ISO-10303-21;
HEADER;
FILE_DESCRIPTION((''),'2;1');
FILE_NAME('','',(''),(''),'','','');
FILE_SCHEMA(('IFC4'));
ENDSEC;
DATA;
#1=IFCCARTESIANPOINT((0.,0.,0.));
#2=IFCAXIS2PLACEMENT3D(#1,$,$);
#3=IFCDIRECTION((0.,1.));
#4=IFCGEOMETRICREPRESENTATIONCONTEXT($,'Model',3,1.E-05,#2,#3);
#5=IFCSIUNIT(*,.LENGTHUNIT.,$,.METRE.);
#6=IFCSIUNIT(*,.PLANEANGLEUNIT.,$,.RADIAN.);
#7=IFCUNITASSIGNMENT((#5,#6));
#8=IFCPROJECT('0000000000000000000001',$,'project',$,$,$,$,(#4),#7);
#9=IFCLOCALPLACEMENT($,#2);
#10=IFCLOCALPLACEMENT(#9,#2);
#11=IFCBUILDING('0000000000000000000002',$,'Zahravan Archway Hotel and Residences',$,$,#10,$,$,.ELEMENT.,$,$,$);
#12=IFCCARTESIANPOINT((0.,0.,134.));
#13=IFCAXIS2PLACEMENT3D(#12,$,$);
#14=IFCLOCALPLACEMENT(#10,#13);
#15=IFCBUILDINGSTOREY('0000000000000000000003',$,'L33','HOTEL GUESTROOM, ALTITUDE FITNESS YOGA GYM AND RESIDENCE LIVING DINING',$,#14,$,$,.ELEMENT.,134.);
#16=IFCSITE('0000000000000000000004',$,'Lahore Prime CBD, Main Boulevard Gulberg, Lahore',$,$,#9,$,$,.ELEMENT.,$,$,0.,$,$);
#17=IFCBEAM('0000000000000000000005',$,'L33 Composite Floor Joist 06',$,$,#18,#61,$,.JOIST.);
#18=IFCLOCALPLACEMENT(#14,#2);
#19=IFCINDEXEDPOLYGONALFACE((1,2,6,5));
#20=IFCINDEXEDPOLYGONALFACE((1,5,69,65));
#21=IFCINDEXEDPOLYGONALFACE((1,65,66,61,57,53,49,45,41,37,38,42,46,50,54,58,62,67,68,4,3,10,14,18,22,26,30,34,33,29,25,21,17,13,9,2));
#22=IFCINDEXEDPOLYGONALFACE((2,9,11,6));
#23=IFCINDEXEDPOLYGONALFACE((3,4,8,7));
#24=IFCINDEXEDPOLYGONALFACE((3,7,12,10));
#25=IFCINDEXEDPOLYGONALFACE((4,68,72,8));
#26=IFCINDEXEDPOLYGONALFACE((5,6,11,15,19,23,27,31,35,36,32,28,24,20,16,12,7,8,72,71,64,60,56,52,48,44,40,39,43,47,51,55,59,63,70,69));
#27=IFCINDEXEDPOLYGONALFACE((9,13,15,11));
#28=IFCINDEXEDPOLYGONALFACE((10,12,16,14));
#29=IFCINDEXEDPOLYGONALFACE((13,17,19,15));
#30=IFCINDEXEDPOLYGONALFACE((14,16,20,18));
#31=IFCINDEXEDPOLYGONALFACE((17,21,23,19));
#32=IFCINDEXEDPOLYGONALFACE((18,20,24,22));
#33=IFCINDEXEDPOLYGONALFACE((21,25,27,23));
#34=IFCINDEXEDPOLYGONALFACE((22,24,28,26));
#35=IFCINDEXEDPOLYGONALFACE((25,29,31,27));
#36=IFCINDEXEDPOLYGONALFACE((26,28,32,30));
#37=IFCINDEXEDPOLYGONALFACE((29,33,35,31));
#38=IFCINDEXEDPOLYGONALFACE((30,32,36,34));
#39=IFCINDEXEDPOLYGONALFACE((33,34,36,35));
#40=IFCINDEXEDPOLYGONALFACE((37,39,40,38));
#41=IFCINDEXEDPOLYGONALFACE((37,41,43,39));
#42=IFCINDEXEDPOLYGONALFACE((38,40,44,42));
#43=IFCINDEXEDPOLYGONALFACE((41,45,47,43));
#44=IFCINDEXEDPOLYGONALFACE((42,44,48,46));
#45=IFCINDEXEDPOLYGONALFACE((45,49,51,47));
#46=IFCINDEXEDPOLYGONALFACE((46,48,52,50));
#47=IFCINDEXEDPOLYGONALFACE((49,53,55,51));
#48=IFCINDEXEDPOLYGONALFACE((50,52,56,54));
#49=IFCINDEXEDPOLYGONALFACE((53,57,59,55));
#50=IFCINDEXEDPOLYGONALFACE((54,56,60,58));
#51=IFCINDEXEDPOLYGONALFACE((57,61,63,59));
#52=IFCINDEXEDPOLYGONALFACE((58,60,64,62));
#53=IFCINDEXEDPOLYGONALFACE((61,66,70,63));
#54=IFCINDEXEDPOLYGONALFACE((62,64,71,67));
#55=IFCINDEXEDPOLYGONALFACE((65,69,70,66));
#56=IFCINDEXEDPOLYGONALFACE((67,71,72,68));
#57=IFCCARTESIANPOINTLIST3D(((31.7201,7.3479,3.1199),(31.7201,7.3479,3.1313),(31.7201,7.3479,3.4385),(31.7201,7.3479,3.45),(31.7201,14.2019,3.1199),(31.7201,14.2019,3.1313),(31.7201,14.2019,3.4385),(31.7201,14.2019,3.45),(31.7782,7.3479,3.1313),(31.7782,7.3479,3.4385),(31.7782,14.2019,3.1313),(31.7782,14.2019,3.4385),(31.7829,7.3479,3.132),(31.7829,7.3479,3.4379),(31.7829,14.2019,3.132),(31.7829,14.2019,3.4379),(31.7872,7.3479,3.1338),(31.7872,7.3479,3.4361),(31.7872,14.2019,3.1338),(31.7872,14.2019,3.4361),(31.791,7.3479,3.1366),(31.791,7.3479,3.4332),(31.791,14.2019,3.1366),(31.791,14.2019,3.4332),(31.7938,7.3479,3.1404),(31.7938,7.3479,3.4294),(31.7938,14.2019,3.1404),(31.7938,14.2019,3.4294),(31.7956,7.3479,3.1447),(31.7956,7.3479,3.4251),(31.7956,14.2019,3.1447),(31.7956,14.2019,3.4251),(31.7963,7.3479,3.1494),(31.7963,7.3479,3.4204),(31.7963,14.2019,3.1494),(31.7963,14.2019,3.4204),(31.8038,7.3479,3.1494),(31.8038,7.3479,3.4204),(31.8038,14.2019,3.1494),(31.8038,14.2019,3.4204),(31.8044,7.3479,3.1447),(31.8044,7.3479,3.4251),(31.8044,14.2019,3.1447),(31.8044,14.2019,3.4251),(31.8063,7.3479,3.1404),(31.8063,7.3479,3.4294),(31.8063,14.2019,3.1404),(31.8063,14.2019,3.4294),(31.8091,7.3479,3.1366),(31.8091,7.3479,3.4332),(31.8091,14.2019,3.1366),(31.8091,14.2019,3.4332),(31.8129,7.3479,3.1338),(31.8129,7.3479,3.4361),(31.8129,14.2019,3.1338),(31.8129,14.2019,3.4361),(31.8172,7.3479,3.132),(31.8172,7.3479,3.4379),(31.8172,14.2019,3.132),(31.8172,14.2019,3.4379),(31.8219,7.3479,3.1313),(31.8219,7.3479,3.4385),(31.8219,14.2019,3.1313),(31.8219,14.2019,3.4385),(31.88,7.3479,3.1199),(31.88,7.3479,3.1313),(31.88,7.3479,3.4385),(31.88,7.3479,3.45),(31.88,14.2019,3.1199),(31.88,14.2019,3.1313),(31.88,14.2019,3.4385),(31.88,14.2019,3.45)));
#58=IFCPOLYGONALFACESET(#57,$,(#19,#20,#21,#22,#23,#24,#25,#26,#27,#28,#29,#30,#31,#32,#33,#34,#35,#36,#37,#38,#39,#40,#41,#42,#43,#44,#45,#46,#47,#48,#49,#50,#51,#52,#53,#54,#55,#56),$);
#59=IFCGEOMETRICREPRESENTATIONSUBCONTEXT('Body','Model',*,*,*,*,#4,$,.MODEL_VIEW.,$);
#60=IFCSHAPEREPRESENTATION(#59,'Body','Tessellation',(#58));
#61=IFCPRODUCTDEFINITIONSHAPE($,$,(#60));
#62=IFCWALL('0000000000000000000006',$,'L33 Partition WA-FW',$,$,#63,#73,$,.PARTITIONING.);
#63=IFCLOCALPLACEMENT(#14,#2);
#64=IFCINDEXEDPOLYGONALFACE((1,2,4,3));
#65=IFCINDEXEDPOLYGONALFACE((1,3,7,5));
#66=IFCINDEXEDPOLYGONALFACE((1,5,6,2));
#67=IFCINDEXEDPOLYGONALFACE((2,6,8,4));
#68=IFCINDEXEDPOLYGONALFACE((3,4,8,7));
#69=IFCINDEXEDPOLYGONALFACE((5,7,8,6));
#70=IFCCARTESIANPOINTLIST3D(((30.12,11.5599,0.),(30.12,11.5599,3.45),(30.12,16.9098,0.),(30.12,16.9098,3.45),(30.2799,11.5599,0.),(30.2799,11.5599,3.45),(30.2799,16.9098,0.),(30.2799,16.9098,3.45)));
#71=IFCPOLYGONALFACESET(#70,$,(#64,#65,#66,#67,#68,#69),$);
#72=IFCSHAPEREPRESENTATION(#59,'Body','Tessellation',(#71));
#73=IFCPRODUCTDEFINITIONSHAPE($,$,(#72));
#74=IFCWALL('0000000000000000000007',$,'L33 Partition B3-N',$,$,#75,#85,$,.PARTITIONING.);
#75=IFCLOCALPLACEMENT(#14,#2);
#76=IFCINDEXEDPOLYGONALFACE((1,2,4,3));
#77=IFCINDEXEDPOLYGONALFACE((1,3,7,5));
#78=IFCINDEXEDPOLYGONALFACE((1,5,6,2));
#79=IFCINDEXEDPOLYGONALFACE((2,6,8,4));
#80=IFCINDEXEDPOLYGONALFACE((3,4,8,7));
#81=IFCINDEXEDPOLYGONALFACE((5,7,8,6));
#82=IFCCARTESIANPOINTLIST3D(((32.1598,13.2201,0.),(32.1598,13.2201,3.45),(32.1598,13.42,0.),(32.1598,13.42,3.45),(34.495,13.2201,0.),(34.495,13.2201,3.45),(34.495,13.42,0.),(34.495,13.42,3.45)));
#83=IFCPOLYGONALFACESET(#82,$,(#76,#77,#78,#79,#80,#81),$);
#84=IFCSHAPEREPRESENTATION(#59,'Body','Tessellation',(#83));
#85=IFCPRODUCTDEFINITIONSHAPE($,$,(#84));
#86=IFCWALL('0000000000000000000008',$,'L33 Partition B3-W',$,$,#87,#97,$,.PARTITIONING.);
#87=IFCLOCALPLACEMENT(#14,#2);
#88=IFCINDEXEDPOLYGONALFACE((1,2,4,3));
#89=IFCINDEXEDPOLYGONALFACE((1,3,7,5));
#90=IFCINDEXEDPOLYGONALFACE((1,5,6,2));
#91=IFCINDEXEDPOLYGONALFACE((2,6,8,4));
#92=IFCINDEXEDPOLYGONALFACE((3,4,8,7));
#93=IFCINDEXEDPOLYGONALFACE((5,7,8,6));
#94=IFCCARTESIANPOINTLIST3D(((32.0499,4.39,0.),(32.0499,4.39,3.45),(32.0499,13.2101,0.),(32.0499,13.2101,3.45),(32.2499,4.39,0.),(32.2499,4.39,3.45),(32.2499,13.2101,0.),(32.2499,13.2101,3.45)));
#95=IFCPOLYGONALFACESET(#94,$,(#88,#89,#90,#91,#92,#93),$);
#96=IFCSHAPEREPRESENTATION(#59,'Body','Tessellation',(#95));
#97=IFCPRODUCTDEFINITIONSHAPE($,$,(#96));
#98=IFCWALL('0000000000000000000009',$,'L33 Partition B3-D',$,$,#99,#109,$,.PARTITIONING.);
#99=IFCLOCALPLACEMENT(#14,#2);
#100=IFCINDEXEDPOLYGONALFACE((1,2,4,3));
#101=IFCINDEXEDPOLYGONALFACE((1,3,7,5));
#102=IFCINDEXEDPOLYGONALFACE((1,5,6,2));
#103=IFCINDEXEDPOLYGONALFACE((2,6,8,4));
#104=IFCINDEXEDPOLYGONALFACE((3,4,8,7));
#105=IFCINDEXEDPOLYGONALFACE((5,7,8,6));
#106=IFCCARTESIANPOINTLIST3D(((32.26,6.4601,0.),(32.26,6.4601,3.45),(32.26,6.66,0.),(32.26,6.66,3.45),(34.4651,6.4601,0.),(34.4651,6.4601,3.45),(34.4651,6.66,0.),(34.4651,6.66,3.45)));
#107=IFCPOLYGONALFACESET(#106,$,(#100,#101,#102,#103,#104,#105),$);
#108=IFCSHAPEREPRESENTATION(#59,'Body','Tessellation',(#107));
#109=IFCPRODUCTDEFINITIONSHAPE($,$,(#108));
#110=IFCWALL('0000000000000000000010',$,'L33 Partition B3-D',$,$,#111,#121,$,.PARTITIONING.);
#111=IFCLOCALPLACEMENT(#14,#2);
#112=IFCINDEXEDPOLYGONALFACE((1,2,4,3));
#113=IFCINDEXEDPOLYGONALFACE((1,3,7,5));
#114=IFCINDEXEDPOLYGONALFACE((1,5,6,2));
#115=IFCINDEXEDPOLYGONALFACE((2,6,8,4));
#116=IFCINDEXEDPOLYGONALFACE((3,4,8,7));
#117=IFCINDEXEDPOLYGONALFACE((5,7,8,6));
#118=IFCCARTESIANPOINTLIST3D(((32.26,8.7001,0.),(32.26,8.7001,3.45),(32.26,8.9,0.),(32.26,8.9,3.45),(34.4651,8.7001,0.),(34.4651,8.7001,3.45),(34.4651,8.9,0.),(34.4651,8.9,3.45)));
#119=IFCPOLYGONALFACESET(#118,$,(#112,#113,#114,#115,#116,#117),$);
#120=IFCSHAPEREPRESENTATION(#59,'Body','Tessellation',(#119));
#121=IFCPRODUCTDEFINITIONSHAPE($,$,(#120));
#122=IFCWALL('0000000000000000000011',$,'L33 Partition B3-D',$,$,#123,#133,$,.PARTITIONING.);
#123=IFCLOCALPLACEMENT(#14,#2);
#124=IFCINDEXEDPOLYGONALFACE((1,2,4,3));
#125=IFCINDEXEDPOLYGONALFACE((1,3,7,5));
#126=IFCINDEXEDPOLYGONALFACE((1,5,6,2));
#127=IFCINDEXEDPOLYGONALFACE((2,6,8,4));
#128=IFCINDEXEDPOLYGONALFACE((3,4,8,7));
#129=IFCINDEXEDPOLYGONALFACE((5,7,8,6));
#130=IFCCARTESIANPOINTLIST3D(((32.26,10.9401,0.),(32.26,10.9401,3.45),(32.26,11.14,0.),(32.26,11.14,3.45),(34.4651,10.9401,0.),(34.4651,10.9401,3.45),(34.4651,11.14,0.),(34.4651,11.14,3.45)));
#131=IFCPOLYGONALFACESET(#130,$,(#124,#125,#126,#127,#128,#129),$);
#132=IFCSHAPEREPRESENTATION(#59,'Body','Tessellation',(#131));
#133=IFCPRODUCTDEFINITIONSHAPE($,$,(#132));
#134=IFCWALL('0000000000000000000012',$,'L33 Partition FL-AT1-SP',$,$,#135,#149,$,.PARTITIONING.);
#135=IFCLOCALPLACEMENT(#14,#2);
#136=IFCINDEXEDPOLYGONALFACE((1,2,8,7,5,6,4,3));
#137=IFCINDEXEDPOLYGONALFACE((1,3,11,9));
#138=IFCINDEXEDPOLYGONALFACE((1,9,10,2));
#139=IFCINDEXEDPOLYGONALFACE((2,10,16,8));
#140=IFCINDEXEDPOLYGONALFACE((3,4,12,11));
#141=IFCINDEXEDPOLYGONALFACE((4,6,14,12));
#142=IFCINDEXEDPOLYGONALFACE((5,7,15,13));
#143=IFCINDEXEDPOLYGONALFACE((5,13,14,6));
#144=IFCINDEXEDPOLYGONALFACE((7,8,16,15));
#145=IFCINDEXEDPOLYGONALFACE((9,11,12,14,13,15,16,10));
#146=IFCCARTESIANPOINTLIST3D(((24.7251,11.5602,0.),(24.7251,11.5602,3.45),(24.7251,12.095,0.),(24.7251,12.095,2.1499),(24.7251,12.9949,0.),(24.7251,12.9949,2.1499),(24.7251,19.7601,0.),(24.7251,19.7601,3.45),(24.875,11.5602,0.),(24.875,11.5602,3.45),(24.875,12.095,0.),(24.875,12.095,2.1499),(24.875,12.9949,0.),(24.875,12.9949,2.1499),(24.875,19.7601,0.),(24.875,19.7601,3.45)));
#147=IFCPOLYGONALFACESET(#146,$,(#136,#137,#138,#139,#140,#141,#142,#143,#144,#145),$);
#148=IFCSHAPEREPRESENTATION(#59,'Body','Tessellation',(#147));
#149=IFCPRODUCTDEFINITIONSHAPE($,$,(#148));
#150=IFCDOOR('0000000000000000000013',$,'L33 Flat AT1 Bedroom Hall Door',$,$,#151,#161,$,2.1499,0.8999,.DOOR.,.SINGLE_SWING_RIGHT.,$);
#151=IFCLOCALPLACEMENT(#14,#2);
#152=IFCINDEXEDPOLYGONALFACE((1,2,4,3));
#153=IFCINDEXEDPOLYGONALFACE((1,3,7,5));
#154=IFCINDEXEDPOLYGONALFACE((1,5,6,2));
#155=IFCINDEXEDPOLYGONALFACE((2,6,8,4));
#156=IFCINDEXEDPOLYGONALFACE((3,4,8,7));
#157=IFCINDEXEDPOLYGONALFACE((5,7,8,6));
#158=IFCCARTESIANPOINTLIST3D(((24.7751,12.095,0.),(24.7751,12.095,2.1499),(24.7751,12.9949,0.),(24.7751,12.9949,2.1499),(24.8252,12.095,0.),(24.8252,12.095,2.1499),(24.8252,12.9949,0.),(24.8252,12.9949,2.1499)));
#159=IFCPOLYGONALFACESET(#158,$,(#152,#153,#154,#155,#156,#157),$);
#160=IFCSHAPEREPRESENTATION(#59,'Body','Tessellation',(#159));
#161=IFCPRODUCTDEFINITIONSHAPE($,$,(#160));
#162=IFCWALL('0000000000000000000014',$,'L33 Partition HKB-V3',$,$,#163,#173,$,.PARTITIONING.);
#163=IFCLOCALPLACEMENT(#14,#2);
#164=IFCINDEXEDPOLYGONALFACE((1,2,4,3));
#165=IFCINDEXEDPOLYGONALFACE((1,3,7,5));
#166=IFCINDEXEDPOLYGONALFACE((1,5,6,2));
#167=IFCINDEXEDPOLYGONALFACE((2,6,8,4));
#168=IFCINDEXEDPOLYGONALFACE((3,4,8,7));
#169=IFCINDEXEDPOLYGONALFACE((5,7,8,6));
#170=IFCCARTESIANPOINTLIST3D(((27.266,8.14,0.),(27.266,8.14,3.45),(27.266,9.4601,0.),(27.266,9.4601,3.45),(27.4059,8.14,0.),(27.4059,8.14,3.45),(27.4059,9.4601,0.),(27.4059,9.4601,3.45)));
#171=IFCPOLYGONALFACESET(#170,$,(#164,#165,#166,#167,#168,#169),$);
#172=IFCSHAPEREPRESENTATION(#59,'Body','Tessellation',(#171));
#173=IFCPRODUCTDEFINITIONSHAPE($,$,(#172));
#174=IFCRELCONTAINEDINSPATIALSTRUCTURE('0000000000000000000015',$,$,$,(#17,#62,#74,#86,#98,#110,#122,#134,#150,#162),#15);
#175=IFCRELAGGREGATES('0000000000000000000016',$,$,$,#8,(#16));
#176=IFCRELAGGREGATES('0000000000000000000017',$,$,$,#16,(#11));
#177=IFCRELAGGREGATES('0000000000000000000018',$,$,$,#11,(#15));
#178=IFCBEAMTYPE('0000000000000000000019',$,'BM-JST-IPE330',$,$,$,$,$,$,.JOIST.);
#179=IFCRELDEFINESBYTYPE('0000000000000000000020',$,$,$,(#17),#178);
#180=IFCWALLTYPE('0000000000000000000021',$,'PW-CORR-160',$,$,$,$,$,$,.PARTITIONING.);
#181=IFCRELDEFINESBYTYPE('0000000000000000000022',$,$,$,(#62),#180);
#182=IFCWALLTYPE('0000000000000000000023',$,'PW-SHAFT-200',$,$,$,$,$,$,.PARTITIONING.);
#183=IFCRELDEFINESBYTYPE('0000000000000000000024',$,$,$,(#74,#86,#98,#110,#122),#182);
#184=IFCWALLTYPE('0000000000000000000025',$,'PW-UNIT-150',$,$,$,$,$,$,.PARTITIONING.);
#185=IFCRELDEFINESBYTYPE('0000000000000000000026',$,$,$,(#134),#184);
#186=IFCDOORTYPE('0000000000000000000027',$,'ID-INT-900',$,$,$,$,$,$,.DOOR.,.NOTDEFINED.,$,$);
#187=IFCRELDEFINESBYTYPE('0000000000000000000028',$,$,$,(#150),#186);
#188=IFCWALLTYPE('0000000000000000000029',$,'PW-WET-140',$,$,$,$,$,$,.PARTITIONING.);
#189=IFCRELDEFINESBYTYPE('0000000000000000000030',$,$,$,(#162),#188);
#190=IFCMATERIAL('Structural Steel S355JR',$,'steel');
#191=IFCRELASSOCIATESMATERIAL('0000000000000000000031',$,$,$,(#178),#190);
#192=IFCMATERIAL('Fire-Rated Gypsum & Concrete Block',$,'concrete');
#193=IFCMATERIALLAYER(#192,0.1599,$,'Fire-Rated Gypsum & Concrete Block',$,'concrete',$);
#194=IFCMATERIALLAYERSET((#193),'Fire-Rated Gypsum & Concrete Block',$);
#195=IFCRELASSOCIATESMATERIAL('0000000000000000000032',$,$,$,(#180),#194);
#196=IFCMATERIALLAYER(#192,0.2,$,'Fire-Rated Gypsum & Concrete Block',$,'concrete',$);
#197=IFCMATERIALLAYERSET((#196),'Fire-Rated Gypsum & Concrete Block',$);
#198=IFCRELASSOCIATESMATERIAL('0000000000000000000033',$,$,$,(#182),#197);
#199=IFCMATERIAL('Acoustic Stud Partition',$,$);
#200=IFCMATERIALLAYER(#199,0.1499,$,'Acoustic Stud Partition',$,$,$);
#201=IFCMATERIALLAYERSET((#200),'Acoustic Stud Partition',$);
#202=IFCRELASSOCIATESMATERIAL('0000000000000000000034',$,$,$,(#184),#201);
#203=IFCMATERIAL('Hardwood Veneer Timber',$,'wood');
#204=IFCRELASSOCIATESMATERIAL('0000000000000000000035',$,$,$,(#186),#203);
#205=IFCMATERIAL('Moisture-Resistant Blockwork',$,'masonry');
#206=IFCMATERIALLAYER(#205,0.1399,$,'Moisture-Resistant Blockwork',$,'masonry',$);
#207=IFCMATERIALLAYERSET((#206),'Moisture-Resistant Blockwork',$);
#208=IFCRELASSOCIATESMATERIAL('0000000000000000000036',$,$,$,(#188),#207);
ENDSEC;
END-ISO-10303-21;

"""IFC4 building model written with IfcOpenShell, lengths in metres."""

from ifc_helpers import new_model, si_unit, direction, frame, frame_2d, origin, origin_2d, place, context, subcontext, project, spatial, rectangle, i_section, extrude, source, transform, mapped, material, layer, layer_set, material_profile, profile_set, type_object, type_shapes, element, fill, save


model = new_model("IFC4")

# Units and contexts
model_context = context("Model", 3, precision=1e-05, world=origin(), true_north=direction((0.0, 1.0)))
body_context = subcontext(model_context, "Body", "Model", "MODEL_VIEW")
ifc_project = project(units=[si_unit("LENGTHUNIT", "METRE"), si_unit("PLANEANGLEUNIT", "RADIAN")], contexts=[model_context])

# Site, building, storey
site_placement = place(None, origin())
site = spatial("IfcSite", under=ifc_project, at=site_placement, Name="Lahore Prime CBD, Main Boulevard Gulberg, Lahore", CompositionType="ELEMENT", RefElevation=0.0)
building_placement = place(site_placement, origin())
building = spatial("IfcBuilding", under=site, at=building_placement, Name="Zahravan Archway Hotel and Residences", CompositionType="ELEMENT")
storey_placement = place(building_placement, frame((0.0, 0.0, 134.0)))
storey = spatial("IfcBuildingStorey", under=building, at=storey_placement, Name="L33", Description="HOTEL GUESTROOM, ALTITUDE FITNESS YOGA GYM AND RESIDENCE LIVING DINING", CompositionType="ELEMENT", Elevation=134.0)

# Beam
ifc_material_1 = material(Name="Structural Steel S355JR", Category="steel")
ifc_material_profile_1 = material_profile(ifc_material_1, i_section(OverallWidth=0.1599, OverallDepth=0.3301, WebThickness=0.0076, FlangeThickness=0.0115, FilletRadius=0.0181, at=origin_2d()), Name="IPE 330", Category="steel")
ifc_profile_set_1 = profile_set([ifc_material_profile_1], Name="Structural Steel S355JR")
beam_type_1 = type_object("IfcBeamType", Name="BM-JST-IPE330", PredefinedType="JOIST", material=ifc_profile_set_1)
shared_shape_1 = source(origin(), body_context, "Body", "SweptSolid", [
    extrude(i_section(OverallWidth=0.1599, OverallDepth=0.3301, WebThickness=0.0076, FlangeThickness=0.0115, FilletRadius=0.0181, at=origin_2d()), origin(), (0.0, 0.0, 1.0), 6.854),
])
beam_1_placement = place(storey_placement, frame((31.8, 7.3479, 3.2849), z_axis=(0.0, 1.0, 0.0), x_axis=(-1.0, 0.0, 0.0)))
element("IfcBeam", 1, at=beam_1_placement, inside=storey, type_object=beam_type_1, Name="L33 Composite Floor Joist 06", PredefinedType="JOIST", context=body_context, shape_type="MappedRepresentation", body=[
    mapped(shared_shape_1, transform((0.0, 0.0, 0.0), scale=1.0)),
])

# Walls
ifc_material_2 = material(Name="Fire-Rated Gypsum & Concrete Block", Category="concrete")
ifc_layer_1 = layer(ifc_material_2, 0.1599, Name="Fire-Rated Gypsum & Concrete Block", Category="concrete")
ifc_layer_set_1 = layer_set([ifc_layer_1], Name="Fire-Rated Gypsum & Concrete Block")
wall_type_1 = type_object("IfcWallType", Name="PW-CORR-160", PredefinedType="PARTITIONING", material=ifc_layer_set_1)
wall_1_placement = place(storey_placement, frame((30.2, 11.5601, 0.0), z_axis=(0.0, 0.0, 1.0), x_axis=(0.0, 1.0, 0.0)))
element("IfcWall", 2, at=wall_1_placement, inside=storey, type_object=wall_type_1, Name="L33 Partition WA-FW", PredefinedType="PARTITIONING", context=body_context, shape_type="SweptSolid", body=[
    extrude(rectangle(XDim=5.3499, YDim=0.1599, at=frame_2d((2.6748, 0.0))), origin(), (0.0, 0.0, 1.0), 3.45),
])
ifc_layer_2 = layer(ifc_material_2, 0.2, Name="Fire-Rated Gypsum & Concrete Block", Category="concrete")
ifc_layer_set_2 = layer_set([ifc_layer_2], Name="Fire-Rated Gypsum & Concrete Block")
wall_type_2 = type_object("IfcWallType", Name="PW-SHAFT-200", PredefinedType="PARTITIONING", material=ifc_layer_set_2)
wall_2_placement = place(storey_placement, frame((32.1599, 13.3201, 0.0), z_axis=(0.0, 0.0, 1.0), x_axis=(1.0, 0.0, 0.0)))
element("IfcWall", 3, at=wall_2_placement, inside=storey, type_object=wall_type_2, Name="L33 Partition B3-N", PredefinedType="PARTITIONING", context=body_context, shape_type="SweptSolid", body=[
    extrude(rectangle(XDim=2.3352, YDim=0.2, at=frame_2d((1.1675, 0.0))), origin(), (0.0, 0.0, 1.0), 3.45),
])
wall_3_placement = place(storey_placement, frame((32.1499, 4.3899, 0.0), z_axis=(0.0, 0.0, 1.0), x_axis=(0.0, 1.0, 0.0)))
element("IfcWall", 4, at=wall_3_placement, inside=storey, type_object=wall_type_2, Name="L33 Partition B3-W", PredefinedType="PARTITIONING", context=body_context, shape_type="SweptSolid", body=[
    extrude(rectangle(XDim=8.8201, YDim=0.2, at=frame_2d((4.4102, 0.0))), origin(), (0.0, 0.0, 1.0), 3.45),
])
for number, where, z_axis, x_axis, name in (
    (5, (32.26, 6.5601, 0.0), (0.0, 0.0, 1.0), (1.0, 0.0, 0.0), "L33 Partition B3-D"),
    (6, (32.26, 8.8, 0.0), (0.0, 0.0, 1.0), (1.0, 0.0, 0.0), "L33 Partition B3-D"),
    (7, (32.26, 11.04, 0.0), (0.0, 0.0, 1.0), (1.0, 0.0, 0.0), "L33 Partition B3-D"),
):
    element("IfcWall", number, at=place(storey_placement, frame(where, z_axis=z_axis, x_axis=x_axis)), inside=storey, type_object=wall_type_2, Name=name, PredefinedType="PARTITIONING", context=body_context, shape_type="SweptSolid", body=[
        extrude(rectangle(XDim=2.2051, YDim=0.2, at=frame_2d((1.1025, 0.0))), origin(), (0.0, 0.0, 1.0), 3.45),
    ])

# Wall, opening, door
ifc_material_3 = material(Name="Acoustic Stud Partition")
ifc_layer_3 = layer(ifc_material_3, 0.1499, Name="Acoustic Stud Partition")
ifc_layer_set_3 = layer_set([ifc_layer_3], Name="Acoustic Stud Partition")
wall_type_3 = type_object("IfcWallType", Name="PW-UNIT-150", PredefinedType="PARTITIONING", material=ifc_layer_set_3)
wall_4_placement = place(storey_placement, frame((24.8, 11.5601, 0.0), z_axis=(0.0, 0.0, 1.0), x_axis=(0.0, 1.0, 0.0)))
wall_4 = element("IfcWall", 8, at=wall_4_placement, inside=storey, type_object=wall_type_3, Name="L33 Partition FL-AT1-SP", PredefinedType="PARTITIONING", context=body_context, shape_type="SweptSolid", body=[
    extrude(rectangle(XDim=8.2, YDim=0.1499, at=frame_2d((4.1001, 0.0))), origin(), (0.0, 0.0, 1.0), 3.45),
])
opening_1_placement = place(wall_4_placement, frame((0.5349, 0.0, 0.0)))
opening_1 = element("IfcOpeningElement", 9, at=opening_1_placement, cuts=wall_4, PredefinedType="OPENING", context=body_context, shape_type="SweptSolid", body=[
    extrude(rectangle(XDim=0.8999, YDim=2.1499, at=frame_2d((0.45, 1.075))), frame((0.0, 0.085, 0.0), z_axis=(0.0, -1.0, 0.0), x_axis=(1.0, 0.0, 0.0)), (0.0, 0.0, 1.0), 0.1699),
])
ifc_material_4 = material(Name="Hardwood Veneer Timber", Category="wood")
door_type_1 = type_object("IfcDoorType", Name="ID-INT-900", OperationType="NOTDEFINED", PredefinedType="DOOR", material=ifc_material_4)
shared_shape_2 = source(origin(), body_context, "Body", "SweptSolid", [
    extrude(rectangle(XDim=0.8999, YDim=2.1499, at=frame_2d((0.45, 1.075))), frame((0.0, 0.0249, 0.0), z_axis=(0.0, -1.0, 0.0), x_axis=(1.0, 0.0, 0.0)), (0.0, 0.0, 1.0), 0.05),
])
type_shapes(door_type_1, [shared_shape_2])
door_1_placement = place(opening_1_placement, origin())
door_1 = element("IfcDoor", 10, at=door_1_placement, inside=storey, type_object=door_type_1, Name="L33 Flat AT1 Bedroom Hall Door", OperationType="SINGLE_SWING_RIGHT", OverallHeight=2.1499, OverallWidth=0.8999, PredefinedType="DOOR", context=body_context, shape_type="MappedRepresentation", body=[
    mapped(shared_shape_2, transform((0.0, 0.0, 0.0), scale=1.0)),
])
fill(opening_1, door_1)

# Wall
ifc_material_5 = material(Name="Moisture-Resistant Blockwork", Category="masonry")
ifc_layer_4 = layer(ifc_material_5, 0.1399, Name="Moisture-Resistant Blockwork", Category="masonry")
ifc_layer_set_4 = layer_set([ifc_layer_4], Name="Moisture-Resistant Blockwork")
wall_type_4 = type_object("IfcWallType", Name="PW-WET-140", PredefinedType="PARTITIONING", material=ifc_layer_set_4)
wall_5_placement = place(storey_placement, frame((27.3359, 8.1399, 0.0), z_axis=(0.0, 0.0, 1.0), x_axis=(0.0, 1.0, 0.0)))
element("IfcWall", 11, at=wall_5_placement, inside=storey, type_object=wall_type_4, Name="L33 Partition HKB-V3", PredefinedType="PARTITIONING", context=body_context, shape_type="SweptSolid", body=[
    extrude(rectangle(XDim=1.3201, YDim=0.1399, at=frame_2d((0.6602, 0.0))), origin(), (0.0, 0.0, 1.0), 3.45),
])

save(model, "model.ifc")
